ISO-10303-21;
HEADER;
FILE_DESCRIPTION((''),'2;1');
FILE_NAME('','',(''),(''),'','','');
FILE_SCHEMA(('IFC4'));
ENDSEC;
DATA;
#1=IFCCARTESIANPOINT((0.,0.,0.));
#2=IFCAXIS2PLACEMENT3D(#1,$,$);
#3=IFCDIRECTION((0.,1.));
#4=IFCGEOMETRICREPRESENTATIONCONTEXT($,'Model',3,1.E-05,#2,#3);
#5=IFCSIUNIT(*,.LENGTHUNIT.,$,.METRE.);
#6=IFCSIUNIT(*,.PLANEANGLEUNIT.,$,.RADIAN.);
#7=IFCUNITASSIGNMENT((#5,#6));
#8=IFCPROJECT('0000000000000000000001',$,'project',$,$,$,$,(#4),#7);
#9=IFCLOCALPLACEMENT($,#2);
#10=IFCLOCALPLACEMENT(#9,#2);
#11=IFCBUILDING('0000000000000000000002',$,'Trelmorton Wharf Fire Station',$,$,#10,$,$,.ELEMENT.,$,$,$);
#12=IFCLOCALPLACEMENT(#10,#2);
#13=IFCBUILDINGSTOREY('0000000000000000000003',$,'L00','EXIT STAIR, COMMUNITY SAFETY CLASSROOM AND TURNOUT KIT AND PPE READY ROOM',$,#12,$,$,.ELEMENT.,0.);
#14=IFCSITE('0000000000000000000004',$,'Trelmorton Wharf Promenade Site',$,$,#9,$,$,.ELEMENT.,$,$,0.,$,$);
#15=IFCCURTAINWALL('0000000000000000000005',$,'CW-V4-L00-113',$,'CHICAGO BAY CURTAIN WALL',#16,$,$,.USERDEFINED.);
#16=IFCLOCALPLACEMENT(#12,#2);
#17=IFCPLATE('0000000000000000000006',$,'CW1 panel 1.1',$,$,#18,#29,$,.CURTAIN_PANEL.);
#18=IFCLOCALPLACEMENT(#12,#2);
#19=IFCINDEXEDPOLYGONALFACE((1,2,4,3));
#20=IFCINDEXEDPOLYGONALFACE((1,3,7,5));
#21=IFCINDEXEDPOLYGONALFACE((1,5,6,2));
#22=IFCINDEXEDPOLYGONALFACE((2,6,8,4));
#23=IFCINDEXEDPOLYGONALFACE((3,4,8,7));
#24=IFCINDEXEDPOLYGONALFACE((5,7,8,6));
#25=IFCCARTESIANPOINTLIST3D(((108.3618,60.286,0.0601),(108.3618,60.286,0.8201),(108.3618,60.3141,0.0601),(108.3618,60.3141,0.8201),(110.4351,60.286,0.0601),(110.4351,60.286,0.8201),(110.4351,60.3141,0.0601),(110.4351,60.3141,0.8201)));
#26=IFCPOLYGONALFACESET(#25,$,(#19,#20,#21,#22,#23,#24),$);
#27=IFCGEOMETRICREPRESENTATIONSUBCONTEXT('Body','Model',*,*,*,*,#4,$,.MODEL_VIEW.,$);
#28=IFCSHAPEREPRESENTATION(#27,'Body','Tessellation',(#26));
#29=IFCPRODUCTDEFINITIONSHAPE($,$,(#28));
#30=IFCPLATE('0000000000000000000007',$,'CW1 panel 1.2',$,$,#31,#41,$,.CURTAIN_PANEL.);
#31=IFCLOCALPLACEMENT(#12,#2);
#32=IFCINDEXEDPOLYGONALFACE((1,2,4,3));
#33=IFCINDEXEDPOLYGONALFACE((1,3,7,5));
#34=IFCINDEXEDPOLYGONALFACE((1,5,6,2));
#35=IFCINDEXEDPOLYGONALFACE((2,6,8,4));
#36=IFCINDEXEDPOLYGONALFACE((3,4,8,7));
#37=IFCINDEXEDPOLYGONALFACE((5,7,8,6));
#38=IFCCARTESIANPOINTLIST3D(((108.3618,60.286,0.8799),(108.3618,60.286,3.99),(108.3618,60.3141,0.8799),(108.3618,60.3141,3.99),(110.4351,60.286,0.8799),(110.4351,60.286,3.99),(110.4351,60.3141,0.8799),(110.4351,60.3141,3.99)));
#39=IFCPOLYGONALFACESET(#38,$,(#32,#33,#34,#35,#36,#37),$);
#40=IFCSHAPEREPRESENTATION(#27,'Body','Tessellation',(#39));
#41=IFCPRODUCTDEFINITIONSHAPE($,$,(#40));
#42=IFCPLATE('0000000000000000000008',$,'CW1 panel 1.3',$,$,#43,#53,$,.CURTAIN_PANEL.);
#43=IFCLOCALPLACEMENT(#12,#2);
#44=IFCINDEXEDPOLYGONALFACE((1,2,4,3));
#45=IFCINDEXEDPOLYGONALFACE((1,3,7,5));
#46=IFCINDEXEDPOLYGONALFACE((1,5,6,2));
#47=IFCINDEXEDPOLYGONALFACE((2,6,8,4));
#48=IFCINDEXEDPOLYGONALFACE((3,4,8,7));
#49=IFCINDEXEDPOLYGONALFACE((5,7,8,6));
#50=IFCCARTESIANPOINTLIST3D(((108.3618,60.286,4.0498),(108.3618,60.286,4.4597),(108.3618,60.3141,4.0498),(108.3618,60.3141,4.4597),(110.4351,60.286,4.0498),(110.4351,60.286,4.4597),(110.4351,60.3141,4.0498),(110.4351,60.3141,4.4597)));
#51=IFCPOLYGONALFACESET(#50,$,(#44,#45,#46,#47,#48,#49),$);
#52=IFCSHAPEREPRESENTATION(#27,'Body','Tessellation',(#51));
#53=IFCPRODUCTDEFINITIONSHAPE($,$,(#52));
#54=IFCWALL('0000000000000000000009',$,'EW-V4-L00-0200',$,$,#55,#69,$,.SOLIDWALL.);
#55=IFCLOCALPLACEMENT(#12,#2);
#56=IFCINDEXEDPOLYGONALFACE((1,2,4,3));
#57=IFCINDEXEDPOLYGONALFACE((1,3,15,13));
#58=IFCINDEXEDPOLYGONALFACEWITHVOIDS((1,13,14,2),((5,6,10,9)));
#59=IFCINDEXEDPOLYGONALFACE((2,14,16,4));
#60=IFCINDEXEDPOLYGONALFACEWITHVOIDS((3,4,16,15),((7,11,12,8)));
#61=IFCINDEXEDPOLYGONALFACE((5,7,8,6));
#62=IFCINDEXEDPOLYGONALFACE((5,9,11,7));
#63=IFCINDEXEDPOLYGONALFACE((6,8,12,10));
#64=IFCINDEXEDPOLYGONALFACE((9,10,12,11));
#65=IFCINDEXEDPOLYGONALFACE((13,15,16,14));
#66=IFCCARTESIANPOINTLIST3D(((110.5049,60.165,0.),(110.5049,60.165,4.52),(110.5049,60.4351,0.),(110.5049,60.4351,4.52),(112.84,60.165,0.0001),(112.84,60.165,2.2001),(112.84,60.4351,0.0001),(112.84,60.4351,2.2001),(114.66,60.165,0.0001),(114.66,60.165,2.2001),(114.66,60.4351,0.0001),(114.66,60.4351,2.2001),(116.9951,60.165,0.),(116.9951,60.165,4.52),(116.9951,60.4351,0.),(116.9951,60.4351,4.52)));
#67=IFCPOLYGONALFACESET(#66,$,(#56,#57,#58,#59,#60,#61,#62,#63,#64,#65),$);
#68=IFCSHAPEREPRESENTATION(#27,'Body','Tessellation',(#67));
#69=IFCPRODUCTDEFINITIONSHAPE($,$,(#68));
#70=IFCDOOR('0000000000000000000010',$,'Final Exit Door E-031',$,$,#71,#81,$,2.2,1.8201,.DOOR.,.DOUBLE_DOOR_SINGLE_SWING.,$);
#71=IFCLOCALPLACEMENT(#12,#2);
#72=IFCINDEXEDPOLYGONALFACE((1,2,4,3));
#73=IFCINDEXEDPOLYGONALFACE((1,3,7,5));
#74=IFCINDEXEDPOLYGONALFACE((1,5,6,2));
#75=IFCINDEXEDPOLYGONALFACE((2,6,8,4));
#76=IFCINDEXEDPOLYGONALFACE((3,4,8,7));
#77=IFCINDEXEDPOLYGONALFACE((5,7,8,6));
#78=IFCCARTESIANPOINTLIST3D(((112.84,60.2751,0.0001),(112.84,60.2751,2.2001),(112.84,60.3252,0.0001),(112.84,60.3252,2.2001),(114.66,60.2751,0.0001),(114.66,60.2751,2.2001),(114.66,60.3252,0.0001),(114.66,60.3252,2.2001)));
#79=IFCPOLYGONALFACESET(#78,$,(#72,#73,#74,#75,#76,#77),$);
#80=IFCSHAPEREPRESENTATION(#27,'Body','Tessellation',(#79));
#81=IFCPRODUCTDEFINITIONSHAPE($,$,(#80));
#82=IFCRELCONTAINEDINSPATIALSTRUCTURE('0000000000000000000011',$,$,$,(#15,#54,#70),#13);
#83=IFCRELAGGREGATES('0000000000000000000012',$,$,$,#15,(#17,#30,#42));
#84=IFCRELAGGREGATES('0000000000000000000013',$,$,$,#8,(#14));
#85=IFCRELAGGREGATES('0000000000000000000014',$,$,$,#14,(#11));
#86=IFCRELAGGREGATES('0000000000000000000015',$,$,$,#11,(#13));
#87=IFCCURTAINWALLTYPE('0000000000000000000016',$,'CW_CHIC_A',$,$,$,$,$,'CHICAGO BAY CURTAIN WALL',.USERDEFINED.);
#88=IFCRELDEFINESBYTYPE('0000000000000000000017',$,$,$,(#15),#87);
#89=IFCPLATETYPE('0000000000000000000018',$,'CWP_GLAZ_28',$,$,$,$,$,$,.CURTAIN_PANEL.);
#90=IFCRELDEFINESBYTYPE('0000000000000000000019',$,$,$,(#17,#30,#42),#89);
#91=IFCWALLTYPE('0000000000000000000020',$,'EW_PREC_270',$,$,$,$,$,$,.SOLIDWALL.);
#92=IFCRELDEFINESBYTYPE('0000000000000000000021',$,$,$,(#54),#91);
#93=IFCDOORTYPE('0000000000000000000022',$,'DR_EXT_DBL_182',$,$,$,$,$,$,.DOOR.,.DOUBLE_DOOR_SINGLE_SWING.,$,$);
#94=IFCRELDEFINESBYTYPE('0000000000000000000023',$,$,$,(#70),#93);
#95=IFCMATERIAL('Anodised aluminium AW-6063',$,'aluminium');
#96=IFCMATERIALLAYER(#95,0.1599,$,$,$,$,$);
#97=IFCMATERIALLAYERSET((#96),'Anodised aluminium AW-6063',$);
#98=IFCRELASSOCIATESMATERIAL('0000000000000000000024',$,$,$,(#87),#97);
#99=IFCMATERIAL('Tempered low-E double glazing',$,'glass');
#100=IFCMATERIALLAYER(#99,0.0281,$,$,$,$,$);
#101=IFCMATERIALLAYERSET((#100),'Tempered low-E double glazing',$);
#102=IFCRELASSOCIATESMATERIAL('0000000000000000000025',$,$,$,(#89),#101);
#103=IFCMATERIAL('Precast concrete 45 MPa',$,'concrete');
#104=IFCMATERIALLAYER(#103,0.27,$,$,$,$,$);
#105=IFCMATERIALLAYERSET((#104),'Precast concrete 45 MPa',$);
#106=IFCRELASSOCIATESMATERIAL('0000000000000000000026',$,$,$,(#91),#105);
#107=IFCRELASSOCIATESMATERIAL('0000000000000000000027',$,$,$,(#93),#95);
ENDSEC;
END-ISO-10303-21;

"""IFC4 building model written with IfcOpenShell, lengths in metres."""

from ifc_helpers import new_model, si_unit, direction, frame, frame_2d, origin, origin_2d, place, context, subcontext, project, spatial, rectangle, extrude, material, layer, layer_set, type_object, element, fill, aggregate, save


model = new_model("IFC4")

# Units and contexts
model_context = context("Model", 3, precision=1e-05, world=origin(), true_north=direction((0.0, 1.0)))
body_context = subcontext(model_context, "Body", "Model", "MODEL_VIEW")
ifc_project = project(units=[si_unit("LENGTHUNIT", "METRE"), si_unit("PLANEANGLEUNIT", "RADIAN")], contexts=[model_context])

# Site, building, storey
site_placement = place(None, origin())
site = spatial("IfcSite", under=ifc_project, at=site_placement, Name="Trelmorton Wharf Promenade Site", CompositionType="ELEMENT", RefElevation=0.0)
building_placement = place(site_placement, origin())
building = spatial("IfcBuilding", under=site, at=building_placement, Name="Trelmorton Wharf Fire Station", CompositionType="ELEMENT")
storey_placement = place(building_placement, origin())
storey = spatial("IfcBuildingStorey", under=building, at=storey_placement, Name="L00", Description="EXIT STAIR, COMMUNITY SAFETY CLASSROOM AND TURNOUT KIT AND PPE READY ROOM", CompositionType="ELEMENT", Elevation=0.0)

# Curtain wall
ifc_material_1 = material(Name="Anodised aluminium AW-6063", Category="aluminium")
ifc_layer_1 = layer(ifc_material_1, 0.1599)
ifc_layer_set_1 = layer_set([ifc_layer_1], Name="Anodised aluminium AW-6063")
curtain_wall_type = type_object("IfcCurtainWallType", Name="CW_CHIC_A", ElementType="CHICAGO BAY CURTAIN WALL", PredefinedType="USERDEFINED", material=ifc_layer_set_1)
curtain_wall_placement = place(storey_placement, origin())
curtain_wall = element("IfcCurtainWall", 1, at=curtain_wall_placement, inside=storey, type_object=curtain_wall_type, Name="CW-V4-L00-113", ObjectType="CHICAGO BAY CURTAIN WALL", PredefinedType="USERDEFINED")

# Plates
ifc_material_2 = material(Name="Tempered low-E double glazing", Category="glass")
ifc_layer_2 = layer(ifc_material_2, 0.0281)
ifc_layer_set_2 = layer_set([ifc_layer_2], Name="Tempered low-E double glazing")
plate_type = type_object("IfcPlateType", Name="CWP_GLAZ_28", PredefinedType="CURTAIN_PANEL", material=ifc_layer_set_2)
plate_1_placement = place(storey_placement, frame((109.3984, 60.3, 0.0601), z_axis=(0.0, 0.0, 1.0), x_axis=(-1.0, 0.0, 0.0)))
plate_1 = element("IfcPlate", 2, at=plate_1_placement, type_object=plate_type, Name="CW1 panel 1.1", PredefinedType="CURTAIN_PANEL", context=body_context, shape_type="SweptSolid", body=[
    extrude(rectangle(XDim=2.0732, YDim=0.0281, at=origin_2d()), origin(), (0.0, 0.0, 1.0), 0.76),
])
plate_2_placement = place(storey_placement, frame((109.3984, 60.3, 0.8799), z_axis=(0.0, 0.0, 1.0), x_axis=(-1.0, 0.0, 0.0)))
plate_2 = element("IfcPlate", 3, at=plate_2_placement, type_object=plate_type, Name="CW1 panel 1.2", PredefinedType="CURTAIN_PANEL", context=body_context, shape_type="SweptSolid", body=[
    extrude(rectangle(XDim=2.0732, YDim=0.0281, at=origin_2d()), origin(), (0.0, 0.0, 1.0), 3.1101),
])
plate_3_placement = place(storey_placement, frame((109.3984, 60.3, 4.0498), z_axis=(0.0, 0.0, 1.0), x_axis=(-1.0, 0.0, 0.0)))
plate_3 = element("IfcPlate", 4, at=plate_3_placement, type_object=plate_type, Name="CW1 panel 1.3", PredefinedType="CURTAIN_PANEL", context=body_context, shape_type="SweptSolid", body=[
    extrude(rectangle(XDim=2.0732, YDim=0.0281, at=origin_2d()), origin(), (0.0, 0.0, 1.0), 0.4099),
])
aggregate(curtain_wall, [plate_1, plate_2, plate_3])

# Wall, opening, door
ifc_material_3 = material(Name="Precast concrete 45 MPa", Category="concrete")
ifc_layer_3 = layer(ifc_material_3, 0.27)
ifc_layer_set_3 = layer_set([ifc_layer_3], Name="Precast concrete 45 MPa")
wall_type = type_object("IfcWallType", Name="EW_PREC_270", PredefinedType="SOLIDWALL", material=ifc_layer_set_3)
wall_placement = place(storey_placement, frame((116.9951, 60.3, 0.0), z_axis=(0.0, 0.0, 1.0), x_axis=(-1.0, 0.0, 0.0)))
wall = element("IfcWall", 5, at=wall_placement, inside=storey, type_object=wall_type, Name="EW-V4-L00-0200", PredefinedType="SOLIDWALL", context=body_context, shape_type="SweptSolid", body=[
    extrude(rectangle(XDim=6.4902, YDim=0.27, at=frame_2d((3.2451, 0.0))), origin(), (0.0, 0.0, 1.0), 4.52),
])
opening_placement = place(wall_placement, frame((2.335, 0.0, 0.0)))
opening = element("IfcOpeningElement", 6, at=opening_placement, cuts=wall, PredefinedType="OPENING", context=body_context, shape_type="SweptSolid", body=[
    extrude(rectangle(XDim=1.8201, YDim=2.2, at=frame_2d((0.9102, 1.1001))), frame((0.0, 0.145, 0.0), z_axis=(0.0, -1.0, 0.0), x_axis=(1.0, 0.0, 0.0)), (0.0, 0.0, 1.0), 0.29),
])
door_type = type_object("IfcDoorType", Name="DR_EXT_DBL_182", OperationType="DOUBLE_DOOR_SINGLE_SWING", PredefinedType="DOOR", material=ifc_material_1)
door_placement = place(opening_placement, origin())
door = element("IfcDoor", 7, at=door_placement, inside=storey, type_object=door_type, Name="Final Exit Door E-031", OperationType="DOUBLE_DOOR_SINGLE_SWING", OverallHeight=2.2, OverallWidth=1.8201, PredefinedType="DOOR", context=body_context, shape_type="SweptSolid", body=[
    extrude(rectangle(XDim=1.8201, YDim=2.2, at=frame_2d((0.9102, 1.1001))), frame((0.0, 0.0249, 0.0), z_axis=(0.0, -1.0, 0.0), x_axis=(1.0, 0.0, 0.0)), (0.0, 0.0, 1.0), 0.05),
])
fill(opening, door)

save(model, "model.ifc")
